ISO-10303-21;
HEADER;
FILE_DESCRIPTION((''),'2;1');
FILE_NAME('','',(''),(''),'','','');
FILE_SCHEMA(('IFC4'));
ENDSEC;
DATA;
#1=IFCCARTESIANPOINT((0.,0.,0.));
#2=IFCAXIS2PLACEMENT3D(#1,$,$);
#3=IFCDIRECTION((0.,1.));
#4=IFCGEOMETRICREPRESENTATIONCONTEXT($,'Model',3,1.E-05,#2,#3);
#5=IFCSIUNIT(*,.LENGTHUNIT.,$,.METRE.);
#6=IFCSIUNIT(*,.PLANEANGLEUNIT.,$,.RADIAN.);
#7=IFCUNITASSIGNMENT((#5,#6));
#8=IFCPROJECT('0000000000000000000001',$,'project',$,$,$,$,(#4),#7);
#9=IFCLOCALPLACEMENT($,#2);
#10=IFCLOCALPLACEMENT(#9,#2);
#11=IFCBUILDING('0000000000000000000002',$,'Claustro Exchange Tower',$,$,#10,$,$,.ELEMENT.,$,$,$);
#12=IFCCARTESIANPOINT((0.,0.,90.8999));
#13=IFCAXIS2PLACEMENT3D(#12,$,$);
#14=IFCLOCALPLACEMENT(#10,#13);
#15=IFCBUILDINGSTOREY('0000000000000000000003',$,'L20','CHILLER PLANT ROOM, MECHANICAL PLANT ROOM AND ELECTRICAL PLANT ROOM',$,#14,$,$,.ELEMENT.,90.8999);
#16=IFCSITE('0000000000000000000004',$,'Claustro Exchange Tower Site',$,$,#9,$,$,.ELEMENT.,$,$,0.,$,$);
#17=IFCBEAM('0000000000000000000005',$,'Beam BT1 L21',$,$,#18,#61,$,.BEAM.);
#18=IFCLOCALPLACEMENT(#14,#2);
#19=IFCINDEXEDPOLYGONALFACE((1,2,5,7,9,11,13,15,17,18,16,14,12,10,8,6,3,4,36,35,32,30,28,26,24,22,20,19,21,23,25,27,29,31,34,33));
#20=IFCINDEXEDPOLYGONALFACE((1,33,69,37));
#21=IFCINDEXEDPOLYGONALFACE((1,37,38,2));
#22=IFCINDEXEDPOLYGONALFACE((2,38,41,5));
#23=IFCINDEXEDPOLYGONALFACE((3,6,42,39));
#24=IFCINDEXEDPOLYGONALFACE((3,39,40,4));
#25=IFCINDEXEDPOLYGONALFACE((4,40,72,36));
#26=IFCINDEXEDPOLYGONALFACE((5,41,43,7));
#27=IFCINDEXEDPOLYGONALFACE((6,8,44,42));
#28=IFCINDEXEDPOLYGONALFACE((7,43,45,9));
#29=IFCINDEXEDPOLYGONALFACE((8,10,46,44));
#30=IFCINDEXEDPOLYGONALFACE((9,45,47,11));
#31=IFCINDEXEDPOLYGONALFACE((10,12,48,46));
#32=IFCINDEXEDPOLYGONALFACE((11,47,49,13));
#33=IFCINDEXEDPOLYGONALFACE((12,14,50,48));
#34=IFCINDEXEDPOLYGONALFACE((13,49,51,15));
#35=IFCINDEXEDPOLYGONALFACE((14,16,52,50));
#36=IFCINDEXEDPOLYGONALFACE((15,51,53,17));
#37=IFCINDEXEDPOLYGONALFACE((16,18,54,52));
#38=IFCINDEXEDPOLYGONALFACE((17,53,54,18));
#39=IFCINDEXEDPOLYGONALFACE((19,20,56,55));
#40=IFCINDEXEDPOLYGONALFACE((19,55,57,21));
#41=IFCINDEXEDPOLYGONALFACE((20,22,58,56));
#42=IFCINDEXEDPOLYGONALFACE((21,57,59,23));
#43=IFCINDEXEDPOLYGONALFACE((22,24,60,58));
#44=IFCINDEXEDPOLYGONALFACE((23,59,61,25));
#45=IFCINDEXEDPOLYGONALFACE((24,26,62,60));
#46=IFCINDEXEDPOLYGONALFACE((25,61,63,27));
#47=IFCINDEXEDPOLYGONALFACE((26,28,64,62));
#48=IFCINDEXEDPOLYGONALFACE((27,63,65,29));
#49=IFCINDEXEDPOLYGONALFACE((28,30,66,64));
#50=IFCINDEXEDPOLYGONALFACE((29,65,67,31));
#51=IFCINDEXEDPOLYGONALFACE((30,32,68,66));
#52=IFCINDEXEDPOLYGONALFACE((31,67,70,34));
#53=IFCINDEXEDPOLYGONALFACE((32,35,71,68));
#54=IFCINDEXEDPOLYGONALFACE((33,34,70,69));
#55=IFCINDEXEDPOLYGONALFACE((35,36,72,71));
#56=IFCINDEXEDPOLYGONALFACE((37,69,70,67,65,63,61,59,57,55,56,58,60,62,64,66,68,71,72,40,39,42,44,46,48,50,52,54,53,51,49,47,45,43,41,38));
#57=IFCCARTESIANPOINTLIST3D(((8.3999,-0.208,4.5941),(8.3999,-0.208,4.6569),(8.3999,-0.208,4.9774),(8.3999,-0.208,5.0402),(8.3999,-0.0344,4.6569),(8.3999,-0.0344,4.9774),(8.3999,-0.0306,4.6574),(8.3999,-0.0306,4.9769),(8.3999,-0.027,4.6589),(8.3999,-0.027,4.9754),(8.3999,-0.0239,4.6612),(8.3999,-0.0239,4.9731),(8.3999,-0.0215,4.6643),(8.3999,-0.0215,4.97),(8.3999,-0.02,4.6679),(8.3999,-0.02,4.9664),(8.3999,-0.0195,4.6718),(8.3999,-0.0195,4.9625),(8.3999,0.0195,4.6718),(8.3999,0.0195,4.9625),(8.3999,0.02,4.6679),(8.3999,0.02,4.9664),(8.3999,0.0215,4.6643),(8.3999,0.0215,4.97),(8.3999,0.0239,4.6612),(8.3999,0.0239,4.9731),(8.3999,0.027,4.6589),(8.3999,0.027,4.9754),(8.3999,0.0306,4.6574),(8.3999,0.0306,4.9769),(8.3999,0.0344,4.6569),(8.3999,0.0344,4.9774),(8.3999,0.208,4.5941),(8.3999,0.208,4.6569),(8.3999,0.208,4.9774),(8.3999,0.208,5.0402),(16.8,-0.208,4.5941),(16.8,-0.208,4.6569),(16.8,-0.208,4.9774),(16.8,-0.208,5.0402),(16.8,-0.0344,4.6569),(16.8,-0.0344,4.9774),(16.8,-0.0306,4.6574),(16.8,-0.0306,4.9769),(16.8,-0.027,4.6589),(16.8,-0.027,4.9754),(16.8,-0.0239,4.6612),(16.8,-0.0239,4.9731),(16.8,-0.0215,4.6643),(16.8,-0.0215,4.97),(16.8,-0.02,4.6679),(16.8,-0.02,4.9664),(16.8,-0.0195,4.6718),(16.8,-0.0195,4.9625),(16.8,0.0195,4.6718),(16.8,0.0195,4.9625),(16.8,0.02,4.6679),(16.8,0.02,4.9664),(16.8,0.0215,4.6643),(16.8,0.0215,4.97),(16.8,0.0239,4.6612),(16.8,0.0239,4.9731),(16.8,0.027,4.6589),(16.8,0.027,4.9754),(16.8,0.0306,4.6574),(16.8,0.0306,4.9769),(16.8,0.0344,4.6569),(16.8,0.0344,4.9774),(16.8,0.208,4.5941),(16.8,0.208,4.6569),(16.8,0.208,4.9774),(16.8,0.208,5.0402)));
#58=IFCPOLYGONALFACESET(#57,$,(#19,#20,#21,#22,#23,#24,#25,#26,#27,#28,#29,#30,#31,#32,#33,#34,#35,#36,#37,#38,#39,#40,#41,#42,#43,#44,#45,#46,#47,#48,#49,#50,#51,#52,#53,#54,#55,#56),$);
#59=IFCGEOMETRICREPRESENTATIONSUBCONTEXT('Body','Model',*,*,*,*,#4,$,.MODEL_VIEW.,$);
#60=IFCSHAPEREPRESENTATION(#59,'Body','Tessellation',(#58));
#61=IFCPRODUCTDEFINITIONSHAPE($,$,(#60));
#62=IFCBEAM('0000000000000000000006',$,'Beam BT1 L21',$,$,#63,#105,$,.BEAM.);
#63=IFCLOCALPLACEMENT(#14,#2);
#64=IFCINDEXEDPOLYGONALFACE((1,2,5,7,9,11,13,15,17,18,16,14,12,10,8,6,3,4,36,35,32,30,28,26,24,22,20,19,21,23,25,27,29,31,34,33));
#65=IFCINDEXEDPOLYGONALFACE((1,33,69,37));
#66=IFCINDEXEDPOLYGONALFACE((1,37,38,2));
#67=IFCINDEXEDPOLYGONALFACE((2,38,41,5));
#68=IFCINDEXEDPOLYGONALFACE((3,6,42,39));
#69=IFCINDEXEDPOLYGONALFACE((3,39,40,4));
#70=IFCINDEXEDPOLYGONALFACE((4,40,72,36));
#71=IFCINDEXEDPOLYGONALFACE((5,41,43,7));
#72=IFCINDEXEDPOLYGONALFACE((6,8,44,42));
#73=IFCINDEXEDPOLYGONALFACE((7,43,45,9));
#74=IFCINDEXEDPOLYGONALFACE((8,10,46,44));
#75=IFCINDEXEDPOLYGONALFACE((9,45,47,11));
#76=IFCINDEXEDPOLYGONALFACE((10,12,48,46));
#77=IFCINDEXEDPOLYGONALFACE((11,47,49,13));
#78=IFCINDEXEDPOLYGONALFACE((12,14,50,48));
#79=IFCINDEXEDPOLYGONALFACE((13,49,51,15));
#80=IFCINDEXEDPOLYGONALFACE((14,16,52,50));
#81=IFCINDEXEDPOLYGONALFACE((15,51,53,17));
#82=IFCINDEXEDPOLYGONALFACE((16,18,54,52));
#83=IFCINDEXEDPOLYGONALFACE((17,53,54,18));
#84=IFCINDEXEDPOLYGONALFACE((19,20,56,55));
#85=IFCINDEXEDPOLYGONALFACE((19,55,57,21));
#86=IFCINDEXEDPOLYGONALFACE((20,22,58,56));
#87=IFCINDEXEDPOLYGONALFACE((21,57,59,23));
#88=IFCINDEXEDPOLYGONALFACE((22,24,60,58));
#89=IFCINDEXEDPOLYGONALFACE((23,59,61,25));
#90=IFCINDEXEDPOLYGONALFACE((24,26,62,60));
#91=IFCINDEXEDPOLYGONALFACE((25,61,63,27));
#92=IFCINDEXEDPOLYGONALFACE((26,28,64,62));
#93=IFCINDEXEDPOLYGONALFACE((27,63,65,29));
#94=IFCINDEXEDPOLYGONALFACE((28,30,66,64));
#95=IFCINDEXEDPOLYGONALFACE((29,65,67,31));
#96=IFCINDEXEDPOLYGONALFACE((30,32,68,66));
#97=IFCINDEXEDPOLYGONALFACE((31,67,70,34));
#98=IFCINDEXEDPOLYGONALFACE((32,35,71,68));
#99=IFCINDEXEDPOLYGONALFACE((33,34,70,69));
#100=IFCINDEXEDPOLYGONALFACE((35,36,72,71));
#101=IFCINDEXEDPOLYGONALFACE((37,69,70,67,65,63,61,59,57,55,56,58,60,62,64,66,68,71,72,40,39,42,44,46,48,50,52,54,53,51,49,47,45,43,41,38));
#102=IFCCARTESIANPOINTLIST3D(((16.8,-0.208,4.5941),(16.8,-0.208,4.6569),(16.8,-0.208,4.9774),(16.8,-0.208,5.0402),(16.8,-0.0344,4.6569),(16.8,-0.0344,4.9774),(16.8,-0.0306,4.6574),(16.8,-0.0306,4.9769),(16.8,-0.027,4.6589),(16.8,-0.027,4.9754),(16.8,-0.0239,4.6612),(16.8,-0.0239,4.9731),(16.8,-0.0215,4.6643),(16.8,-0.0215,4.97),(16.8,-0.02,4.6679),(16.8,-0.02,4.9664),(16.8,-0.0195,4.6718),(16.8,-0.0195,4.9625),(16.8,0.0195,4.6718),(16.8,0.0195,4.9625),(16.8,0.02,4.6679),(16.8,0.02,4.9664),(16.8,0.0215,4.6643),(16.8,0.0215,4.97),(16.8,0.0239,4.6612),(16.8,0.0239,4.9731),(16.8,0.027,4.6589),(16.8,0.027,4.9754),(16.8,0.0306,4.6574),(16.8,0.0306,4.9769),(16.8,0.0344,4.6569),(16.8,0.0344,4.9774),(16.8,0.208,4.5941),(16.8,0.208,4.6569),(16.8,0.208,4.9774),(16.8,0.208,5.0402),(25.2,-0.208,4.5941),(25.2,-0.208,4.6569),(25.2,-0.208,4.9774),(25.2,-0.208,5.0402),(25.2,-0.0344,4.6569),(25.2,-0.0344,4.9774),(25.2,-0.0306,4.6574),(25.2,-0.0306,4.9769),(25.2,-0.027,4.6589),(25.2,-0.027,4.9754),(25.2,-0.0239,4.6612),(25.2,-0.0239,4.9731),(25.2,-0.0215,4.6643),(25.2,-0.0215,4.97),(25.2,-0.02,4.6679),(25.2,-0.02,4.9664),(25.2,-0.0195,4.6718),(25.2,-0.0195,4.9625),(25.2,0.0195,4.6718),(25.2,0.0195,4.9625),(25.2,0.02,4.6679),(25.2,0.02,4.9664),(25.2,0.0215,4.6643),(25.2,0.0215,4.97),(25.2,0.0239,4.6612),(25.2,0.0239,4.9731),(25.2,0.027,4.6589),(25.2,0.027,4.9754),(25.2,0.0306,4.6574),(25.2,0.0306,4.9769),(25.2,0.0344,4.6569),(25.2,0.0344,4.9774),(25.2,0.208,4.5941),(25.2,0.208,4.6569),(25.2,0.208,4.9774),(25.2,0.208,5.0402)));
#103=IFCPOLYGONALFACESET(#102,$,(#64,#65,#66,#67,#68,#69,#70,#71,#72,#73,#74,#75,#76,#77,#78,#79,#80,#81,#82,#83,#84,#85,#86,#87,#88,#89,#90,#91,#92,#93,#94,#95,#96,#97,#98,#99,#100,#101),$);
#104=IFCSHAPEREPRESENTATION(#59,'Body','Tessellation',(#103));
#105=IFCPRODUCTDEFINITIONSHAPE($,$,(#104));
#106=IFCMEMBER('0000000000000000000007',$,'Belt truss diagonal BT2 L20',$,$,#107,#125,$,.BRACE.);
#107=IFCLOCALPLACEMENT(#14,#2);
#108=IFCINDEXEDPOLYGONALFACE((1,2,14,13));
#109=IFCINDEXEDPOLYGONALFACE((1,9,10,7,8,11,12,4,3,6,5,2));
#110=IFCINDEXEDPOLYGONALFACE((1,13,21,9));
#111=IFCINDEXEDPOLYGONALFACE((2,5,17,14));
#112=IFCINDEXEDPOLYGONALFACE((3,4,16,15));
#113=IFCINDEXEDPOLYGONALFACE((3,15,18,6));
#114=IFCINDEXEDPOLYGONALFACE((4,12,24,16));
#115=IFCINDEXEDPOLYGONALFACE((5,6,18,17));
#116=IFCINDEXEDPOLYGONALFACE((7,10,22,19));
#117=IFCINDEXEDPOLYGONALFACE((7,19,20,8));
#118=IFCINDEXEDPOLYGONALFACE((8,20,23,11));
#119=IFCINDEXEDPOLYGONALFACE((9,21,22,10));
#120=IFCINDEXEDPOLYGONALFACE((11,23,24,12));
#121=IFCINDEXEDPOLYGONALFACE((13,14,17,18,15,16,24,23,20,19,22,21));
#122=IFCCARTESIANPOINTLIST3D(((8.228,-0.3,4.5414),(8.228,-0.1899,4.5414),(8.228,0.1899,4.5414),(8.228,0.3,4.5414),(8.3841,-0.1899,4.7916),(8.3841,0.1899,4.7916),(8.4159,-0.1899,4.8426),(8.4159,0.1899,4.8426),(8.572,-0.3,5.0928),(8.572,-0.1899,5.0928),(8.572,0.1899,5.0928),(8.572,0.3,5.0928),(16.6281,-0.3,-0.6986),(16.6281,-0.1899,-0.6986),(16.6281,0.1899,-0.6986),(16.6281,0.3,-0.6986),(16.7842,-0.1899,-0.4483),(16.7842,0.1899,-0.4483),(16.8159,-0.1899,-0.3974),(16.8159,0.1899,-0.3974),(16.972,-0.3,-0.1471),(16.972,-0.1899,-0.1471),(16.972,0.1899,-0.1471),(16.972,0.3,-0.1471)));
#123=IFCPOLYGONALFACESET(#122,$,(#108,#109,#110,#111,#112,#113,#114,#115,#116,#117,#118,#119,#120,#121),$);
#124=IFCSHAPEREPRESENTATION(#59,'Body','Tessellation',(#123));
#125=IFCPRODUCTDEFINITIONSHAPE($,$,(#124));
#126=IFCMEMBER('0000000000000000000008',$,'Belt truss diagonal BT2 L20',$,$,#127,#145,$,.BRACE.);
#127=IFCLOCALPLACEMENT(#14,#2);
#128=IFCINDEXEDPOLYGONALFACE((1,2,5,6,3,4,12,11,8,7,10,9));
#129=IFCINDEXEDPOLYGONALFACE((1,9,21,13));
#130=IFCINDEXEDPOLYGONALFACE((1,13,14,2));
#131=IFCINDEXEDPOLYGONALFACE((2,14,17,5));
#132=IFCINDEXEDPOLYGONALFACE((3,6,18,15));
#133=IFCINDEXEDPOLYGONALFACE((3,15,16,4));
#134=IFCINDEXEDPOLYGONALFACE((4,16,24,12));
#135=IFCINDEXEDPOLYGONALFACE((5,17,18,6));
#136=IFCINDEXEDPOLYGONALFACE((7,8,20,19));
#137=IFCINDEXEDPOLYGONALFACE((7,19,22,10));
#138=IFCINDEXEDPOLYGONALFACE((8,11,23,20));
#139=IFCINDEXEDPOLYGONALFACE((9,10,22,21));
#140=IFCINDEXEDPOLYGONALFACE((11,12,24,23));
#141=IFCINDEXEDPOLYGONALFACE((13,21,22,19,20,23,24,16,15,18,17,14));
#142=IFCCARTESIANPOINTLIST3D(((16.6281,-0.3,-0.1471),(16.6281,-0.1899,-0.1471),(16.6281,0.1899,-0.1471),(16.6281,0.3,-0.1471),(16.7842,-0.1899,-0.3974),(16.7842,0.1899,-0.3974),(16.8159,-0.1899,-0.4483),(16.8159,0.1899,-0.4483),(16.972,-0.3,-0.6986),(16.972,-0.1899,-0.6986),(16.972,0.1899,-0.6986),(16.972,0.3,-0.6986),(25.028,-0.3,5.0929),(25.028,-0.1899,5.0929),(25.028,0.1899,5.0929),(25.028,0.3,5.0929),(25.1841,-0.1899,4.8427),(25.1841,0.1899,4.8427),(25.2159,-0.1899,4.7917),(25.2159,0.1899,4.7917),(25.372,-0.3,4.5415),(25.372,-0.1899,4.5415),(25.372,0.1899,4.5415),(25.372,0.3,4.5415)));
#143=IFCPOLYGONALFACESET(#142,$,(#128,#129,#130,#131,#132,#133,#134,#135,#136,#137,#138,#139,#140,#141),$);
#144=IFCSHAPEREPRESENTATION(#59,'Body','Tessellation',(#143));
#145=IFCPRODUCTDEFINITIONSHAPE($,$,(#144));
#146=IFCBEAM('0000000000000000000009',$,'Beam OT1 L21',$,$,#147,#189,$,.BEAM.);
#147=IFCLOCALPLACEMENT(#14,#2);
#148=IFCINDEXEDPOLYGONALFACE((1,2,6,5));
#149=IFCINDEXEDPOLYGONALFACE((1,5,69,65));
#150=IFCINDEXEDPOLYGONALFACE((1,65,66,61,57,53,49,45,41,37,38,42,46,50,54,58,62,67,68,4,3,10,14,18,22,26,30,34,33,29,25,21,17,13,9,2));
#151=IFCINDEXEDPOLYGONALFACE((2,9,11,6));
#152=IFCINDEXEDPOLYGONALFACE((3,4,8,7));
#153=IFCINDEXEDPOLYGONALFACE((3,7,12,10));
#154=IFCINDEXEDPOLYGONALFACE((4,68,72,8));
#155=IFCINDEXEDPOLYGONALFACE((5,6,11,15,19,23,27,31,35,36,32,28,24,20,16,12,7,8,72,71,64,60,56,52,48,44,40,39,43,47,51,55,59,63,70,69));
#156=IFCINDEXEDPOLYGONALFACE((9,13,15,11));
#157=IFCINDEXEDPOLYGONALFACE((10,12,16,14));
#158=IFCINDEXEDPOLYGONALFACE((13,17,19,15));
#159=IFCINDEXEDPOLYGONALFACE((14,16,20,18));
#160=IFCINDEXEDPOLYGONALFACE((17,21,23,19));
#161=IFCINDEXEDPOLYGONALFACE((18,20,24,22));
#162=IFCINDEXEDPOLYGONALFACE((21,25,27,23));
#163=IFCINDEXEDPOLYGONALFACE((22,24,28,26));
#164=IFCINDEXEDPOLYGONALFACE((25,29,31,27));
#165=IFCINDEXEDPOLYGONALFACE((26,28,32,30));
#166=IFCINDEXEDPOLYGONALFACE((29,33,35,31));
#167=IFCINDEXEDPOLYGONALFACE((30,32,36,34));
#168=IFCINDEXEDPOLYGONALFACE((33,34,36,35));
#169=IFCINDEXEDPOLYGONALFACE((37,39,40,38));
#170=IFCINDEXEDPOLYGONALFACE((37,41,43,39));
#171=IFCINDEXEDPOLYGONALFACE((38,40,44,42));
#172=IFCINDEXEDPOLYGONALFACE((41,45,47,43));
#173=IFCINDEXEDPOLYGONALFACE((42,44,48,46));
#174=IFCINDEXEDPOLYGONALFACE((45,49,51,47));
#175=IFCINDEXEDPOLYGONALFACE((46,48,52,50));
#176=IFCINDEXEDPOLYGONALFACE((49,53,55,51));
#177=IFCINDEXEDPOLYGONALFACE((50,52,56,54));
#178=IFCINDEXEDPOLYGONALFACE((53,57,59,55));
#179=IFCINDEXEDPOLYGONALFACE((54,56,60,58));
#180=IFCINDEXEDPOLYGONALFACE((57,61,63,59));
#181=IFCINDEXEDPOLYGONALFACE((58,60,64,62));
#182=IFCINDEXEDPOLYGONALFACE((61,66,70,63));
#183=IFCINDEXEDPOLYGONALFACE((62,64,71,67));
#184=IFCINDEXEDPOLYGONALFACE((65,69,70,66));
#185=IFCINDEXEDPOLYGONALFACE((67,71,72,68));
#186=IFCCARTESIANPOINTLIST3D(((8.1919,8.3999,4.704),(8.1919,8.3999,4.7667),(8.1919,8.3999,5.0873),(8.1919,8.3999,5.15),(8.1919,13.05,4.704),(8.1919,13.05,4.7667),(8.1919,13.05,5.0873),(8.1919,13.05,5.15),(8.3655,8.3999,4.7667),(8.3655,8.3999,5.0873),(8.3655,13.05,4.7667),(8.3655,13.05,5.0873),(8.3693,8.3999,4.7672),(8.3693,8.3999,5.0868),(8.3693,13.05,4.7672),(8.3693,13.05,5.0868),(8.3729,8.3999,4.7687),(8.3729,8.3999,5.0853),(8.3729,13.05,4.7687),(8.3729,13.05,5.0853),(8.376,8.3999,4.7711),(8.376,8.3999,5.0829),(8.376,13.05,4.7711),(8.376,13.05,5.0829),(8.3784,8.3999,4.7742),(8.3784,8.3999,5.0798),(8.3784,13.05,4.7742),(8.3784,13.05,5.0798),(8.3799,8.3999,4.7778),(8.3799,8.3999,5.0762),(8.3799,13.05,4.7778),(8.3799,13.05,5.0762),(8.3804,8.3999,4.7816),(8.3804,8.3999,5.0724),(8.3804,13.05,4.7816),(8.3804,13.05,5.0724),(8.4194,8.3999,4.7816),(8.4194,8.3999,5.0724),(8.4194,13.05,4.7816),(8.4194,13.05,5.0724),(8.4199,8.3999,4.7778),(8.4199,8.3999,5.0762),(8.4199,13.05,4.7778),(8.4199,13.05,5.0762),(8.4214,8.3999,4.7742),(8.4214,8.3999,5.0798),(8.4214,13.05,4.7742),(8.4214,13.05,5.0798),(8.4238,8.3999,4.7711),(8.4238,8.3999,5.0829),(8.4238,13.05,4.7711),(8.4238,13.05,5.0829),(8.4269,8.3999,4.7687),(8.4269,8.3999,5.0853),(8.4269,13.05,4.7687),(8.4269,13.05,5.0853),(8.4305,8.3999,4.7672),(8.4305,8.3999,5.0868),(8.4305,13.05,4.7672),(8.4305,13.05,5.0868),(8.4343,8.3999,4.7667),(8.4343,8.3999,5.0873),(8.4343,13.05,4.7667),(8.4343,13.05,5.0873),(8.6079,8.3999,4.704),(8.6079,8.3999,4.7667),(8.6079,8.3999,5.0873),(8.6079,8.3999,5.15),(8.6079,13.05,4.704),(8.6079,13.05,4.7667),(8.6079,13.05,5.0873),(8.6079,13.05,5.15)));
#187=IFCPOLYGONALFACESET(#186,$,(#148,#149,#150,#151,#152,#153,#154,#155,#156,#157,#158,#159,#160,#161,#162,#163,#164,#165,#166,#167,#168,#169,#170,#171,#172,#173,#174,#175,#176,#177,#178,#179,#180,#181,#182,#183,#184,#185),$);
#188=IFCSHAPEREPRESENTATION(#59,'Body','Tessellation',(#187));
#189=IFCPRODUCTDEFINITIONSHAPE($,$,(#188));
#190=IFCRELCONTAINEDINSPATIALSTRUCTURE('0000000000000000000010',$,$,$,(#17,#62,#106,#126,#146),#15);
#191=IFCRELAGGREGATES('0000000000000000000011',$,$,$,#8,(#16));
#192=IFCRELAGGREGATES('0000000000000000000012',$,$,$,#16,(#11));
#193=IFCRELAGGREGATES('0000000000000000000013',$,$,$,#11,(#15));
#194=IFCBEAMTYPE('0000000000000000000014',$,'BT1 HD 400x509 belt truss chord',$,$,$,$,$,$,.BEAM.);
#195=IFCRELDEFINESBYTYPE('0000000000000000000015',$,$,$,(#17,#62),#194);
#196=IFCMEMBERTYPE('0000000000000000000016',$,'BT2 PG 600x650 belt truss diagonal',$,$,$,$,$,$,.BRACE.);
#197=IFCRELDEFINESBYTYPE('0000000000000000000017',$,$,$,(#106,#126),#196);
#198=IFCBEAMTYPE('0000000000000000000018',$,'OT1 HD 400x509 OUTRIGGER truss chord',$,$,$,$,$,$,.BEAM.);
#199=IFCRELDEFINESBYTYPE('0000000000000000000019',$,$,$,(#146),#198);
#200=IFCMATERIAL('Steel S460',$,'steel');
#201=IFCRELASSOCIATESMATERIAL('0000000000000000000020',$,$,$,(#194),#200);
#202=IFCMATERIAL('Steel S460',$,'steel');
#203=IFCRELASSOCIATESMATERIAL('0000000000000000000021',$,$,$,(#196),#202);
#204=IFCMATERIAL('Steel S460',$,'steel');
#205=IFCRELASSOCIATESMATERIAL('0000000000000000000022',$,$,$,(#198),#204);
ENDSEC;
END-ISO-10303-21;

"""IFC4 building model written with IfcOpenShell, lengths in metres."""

from ifc_helpers import new_model, si_unit, direction, frame, origin, origin_2d, place, context, subcontext, project, spatial, i_section, extrude, material, material_profile, profile_set, type_object, element, save


model = new_model("IFC4")

# Units and contexts
model_context = context("Model", 3, precision=1e-05, world=origin(), true_north=direction((0.0, 1.0)))
body_context = subcontext(model_context, "Body", "Model", "MODEL_VIEW")
ifc_project = project(units=[si_unit("LENGTHUNIT", "METRE"), si_unit("PLANEANGLEUNIT", "RADIAN")], contexts=[model_context])

# Site, building, storey
site_placement = place(None, origin())
site = spatial("IfcSite", under=ifc_project, at=site_placement, Name="Claustro Exchange Tower Site", CompositionType="ELEMENT", RefElevation=0.0)
building_placement = place(site_placement, origin())
building = spatial("IfcBuilding", under=site, at=building_placement, Name="Claustro Exchange Tower", CompositionType="ELEMENT")
storey_placement = place(building_placement, frame((0.0, 0.0, 90.8999)))
storey = spatial("IfcBuildingStorey", under=building, at=storey_placement, Name="L20", Description="CHILLER PLANT ROOM, MECHANICAL PLANT ROOM AND ELECTRICAL PLANT ROOM", CompositionType="ELEMENT", Elevation=90.8999)

# Beams
ifc_material_1 = material(Name="Steel S460", Category="steel")
ifc_material_profile_1 = material_profile(ifc_material_1, i_section(OverallWidth=0.416, OverallDepth=0.446, WebThickness=0.0391, FlangeThickness=0.0627, FilletRadius=0.0149, at=origin_2d()), Name="HD 400x509")
ifc_profile_set_1 = profile_set([ifc_material_profile_1], Name="Steel S460")
beam_type_1 = type_object("IfcBeamType", Name="BT1 HD 400x509 belt truss chord", PredefinedType="BEAM", material=ifc_profile_set_1)
beam_1_placement = place(storey_placement, frame((8.3999, 0.0, 4.8171), z_axis=(1.0, 0.0, 0.0), x_axis=(0.0, 1.0, 0.0)))
element("IfcBeam", 1, at=beam_1_placement, inside=storey, type_object=beam_type_1, Name="Beam BT1 L21", PredefinedType="BEAM", context=body_context, shape_type="SweptSolid", body=[
    extrude(i_section(OverallWidth=0.416, OverallDepth=0.446, WebThickness=0.0391, FlangeThickness=0.0627, FilletRadius=0.0149, at=origin_2d()), origin(), (0.0, 0.0, 1.0), 8.4001),
])
beam_2_placement = place(storey_placement, frame((16.8, 0.0, 4.8171), z_axis=(1.0, 0.0, 0.0), x_axis=(0.0, 1.0, 0.0)))
element("IfcBeam", 2, at=beam_2_placement, inside=storey, type_object=beam_type_1, Name="Beam BT1 L21", PredefinedType="BEAM", context=body_context, shape_type="SweptSolid", body=[
    extrude(i_section(OverallWidth=0.416, OverallDepth=0.446, WebThickness=0.0391, FlangeThickness=0.0627, FilletRadius=0.0149, at=origin_2d()), origin(), (0.0, 0.0, 1.0), 8.3999),
])

# Members
ifc_material_2 = material(Name="Steel S460", Category="steel")
ifc_material_profile_2 = material_profile(ifc_material_2, i_section(OverallWidth=0.6499, OverallDepth=0.6001, WebThickness=0.0601, FlangeThickness=0.1101, at=origin_2d()), Name="PG 600x650")
ifc_profile_set_2 = profile_set([ifc_material_profile_2], Name="Steel S460")
member_type = type_object("IfcMemberType", Name="BT2 PG 600x650 belt truss diagonal", PredefinedType="BRACE", material=ifc_profile_set_2)
for number, where, z_axis, x_axis, name in (
    (3, (16.8, 0.0, -0.4229), (-0.848457, 0.0, 0.529265), (0.529265, 0.0, 0.848457), "Belt truss diagonal BT2 L20"),
    (4, (16.8, 0.0, -0.4229), (0.84845, 0.0, 0.529276), (-0.529276, 0.0, 0.84845), "Belt truss diagonal BT2 L20"),
):
    element("IfcMember", number, at=place(storey_placement, frame(where, z_axis=z_axis, x_axis=x_axis)), inside=storey, type_object=member_type, Name=name, PredefinedType="BRACE", context=body_context, shape_type="SweptSolid", body=[
        extrude(i_section(OverallWidth=0.6499, OverallDepth=0.6001, WebThickness=0.0601, FlangeThickness=0.1101, at=origin_2d()), origin(), (0.0, 0.0, 1.0), 9.9004),
    ])

# Beam
ifc_material_3 = material(Name="Steel S460", Category="steel")
ifc_material_profile_3 = material_profile(ifc_material_3, i_section(OverallWidth=0.416, OverallDepth=0.446, WebThickness=0.0391, FlangeThickness=0.0627, FilletRadius=0.0149, at=origin_2d()), Name="HD 400x509")
ifc_profile_set_3 = profile_set([ifc_material_profile_3], Name="Steel S460")
beam_type_2 = type_object("IfcBeamType", Name="OT1 HD 400x509 OUTRIGGER truss chord", PredefinedType="BEAM", material=ifc_profile_set_3)
beam_3_placement = place(storey_placement, frame((8.3999, 8.3999, 4.927), z_axis=(0.0, 1.0, 0.0), x_axis=(-1.0, 0.0, 0.0)))
element("IfcBeam", 5, at=beam_3_placement, inside=storey, type_object=beam_type_2, Name="Beam OT1 L21", PredefinedType="BEAM", context=body_context, shape_type="SweptSolid", body=[
    extrude(i_section(OverallWidth=0.416, OverallDepth=0.446, WebThickness=0.0391, FlangeThickness=0.0627, FilletRadius=0.0149, at=origin_2d()), origin(), (0.0, 0.0, 1.0), 4.6501),
])

save(model, "model.ifc")
